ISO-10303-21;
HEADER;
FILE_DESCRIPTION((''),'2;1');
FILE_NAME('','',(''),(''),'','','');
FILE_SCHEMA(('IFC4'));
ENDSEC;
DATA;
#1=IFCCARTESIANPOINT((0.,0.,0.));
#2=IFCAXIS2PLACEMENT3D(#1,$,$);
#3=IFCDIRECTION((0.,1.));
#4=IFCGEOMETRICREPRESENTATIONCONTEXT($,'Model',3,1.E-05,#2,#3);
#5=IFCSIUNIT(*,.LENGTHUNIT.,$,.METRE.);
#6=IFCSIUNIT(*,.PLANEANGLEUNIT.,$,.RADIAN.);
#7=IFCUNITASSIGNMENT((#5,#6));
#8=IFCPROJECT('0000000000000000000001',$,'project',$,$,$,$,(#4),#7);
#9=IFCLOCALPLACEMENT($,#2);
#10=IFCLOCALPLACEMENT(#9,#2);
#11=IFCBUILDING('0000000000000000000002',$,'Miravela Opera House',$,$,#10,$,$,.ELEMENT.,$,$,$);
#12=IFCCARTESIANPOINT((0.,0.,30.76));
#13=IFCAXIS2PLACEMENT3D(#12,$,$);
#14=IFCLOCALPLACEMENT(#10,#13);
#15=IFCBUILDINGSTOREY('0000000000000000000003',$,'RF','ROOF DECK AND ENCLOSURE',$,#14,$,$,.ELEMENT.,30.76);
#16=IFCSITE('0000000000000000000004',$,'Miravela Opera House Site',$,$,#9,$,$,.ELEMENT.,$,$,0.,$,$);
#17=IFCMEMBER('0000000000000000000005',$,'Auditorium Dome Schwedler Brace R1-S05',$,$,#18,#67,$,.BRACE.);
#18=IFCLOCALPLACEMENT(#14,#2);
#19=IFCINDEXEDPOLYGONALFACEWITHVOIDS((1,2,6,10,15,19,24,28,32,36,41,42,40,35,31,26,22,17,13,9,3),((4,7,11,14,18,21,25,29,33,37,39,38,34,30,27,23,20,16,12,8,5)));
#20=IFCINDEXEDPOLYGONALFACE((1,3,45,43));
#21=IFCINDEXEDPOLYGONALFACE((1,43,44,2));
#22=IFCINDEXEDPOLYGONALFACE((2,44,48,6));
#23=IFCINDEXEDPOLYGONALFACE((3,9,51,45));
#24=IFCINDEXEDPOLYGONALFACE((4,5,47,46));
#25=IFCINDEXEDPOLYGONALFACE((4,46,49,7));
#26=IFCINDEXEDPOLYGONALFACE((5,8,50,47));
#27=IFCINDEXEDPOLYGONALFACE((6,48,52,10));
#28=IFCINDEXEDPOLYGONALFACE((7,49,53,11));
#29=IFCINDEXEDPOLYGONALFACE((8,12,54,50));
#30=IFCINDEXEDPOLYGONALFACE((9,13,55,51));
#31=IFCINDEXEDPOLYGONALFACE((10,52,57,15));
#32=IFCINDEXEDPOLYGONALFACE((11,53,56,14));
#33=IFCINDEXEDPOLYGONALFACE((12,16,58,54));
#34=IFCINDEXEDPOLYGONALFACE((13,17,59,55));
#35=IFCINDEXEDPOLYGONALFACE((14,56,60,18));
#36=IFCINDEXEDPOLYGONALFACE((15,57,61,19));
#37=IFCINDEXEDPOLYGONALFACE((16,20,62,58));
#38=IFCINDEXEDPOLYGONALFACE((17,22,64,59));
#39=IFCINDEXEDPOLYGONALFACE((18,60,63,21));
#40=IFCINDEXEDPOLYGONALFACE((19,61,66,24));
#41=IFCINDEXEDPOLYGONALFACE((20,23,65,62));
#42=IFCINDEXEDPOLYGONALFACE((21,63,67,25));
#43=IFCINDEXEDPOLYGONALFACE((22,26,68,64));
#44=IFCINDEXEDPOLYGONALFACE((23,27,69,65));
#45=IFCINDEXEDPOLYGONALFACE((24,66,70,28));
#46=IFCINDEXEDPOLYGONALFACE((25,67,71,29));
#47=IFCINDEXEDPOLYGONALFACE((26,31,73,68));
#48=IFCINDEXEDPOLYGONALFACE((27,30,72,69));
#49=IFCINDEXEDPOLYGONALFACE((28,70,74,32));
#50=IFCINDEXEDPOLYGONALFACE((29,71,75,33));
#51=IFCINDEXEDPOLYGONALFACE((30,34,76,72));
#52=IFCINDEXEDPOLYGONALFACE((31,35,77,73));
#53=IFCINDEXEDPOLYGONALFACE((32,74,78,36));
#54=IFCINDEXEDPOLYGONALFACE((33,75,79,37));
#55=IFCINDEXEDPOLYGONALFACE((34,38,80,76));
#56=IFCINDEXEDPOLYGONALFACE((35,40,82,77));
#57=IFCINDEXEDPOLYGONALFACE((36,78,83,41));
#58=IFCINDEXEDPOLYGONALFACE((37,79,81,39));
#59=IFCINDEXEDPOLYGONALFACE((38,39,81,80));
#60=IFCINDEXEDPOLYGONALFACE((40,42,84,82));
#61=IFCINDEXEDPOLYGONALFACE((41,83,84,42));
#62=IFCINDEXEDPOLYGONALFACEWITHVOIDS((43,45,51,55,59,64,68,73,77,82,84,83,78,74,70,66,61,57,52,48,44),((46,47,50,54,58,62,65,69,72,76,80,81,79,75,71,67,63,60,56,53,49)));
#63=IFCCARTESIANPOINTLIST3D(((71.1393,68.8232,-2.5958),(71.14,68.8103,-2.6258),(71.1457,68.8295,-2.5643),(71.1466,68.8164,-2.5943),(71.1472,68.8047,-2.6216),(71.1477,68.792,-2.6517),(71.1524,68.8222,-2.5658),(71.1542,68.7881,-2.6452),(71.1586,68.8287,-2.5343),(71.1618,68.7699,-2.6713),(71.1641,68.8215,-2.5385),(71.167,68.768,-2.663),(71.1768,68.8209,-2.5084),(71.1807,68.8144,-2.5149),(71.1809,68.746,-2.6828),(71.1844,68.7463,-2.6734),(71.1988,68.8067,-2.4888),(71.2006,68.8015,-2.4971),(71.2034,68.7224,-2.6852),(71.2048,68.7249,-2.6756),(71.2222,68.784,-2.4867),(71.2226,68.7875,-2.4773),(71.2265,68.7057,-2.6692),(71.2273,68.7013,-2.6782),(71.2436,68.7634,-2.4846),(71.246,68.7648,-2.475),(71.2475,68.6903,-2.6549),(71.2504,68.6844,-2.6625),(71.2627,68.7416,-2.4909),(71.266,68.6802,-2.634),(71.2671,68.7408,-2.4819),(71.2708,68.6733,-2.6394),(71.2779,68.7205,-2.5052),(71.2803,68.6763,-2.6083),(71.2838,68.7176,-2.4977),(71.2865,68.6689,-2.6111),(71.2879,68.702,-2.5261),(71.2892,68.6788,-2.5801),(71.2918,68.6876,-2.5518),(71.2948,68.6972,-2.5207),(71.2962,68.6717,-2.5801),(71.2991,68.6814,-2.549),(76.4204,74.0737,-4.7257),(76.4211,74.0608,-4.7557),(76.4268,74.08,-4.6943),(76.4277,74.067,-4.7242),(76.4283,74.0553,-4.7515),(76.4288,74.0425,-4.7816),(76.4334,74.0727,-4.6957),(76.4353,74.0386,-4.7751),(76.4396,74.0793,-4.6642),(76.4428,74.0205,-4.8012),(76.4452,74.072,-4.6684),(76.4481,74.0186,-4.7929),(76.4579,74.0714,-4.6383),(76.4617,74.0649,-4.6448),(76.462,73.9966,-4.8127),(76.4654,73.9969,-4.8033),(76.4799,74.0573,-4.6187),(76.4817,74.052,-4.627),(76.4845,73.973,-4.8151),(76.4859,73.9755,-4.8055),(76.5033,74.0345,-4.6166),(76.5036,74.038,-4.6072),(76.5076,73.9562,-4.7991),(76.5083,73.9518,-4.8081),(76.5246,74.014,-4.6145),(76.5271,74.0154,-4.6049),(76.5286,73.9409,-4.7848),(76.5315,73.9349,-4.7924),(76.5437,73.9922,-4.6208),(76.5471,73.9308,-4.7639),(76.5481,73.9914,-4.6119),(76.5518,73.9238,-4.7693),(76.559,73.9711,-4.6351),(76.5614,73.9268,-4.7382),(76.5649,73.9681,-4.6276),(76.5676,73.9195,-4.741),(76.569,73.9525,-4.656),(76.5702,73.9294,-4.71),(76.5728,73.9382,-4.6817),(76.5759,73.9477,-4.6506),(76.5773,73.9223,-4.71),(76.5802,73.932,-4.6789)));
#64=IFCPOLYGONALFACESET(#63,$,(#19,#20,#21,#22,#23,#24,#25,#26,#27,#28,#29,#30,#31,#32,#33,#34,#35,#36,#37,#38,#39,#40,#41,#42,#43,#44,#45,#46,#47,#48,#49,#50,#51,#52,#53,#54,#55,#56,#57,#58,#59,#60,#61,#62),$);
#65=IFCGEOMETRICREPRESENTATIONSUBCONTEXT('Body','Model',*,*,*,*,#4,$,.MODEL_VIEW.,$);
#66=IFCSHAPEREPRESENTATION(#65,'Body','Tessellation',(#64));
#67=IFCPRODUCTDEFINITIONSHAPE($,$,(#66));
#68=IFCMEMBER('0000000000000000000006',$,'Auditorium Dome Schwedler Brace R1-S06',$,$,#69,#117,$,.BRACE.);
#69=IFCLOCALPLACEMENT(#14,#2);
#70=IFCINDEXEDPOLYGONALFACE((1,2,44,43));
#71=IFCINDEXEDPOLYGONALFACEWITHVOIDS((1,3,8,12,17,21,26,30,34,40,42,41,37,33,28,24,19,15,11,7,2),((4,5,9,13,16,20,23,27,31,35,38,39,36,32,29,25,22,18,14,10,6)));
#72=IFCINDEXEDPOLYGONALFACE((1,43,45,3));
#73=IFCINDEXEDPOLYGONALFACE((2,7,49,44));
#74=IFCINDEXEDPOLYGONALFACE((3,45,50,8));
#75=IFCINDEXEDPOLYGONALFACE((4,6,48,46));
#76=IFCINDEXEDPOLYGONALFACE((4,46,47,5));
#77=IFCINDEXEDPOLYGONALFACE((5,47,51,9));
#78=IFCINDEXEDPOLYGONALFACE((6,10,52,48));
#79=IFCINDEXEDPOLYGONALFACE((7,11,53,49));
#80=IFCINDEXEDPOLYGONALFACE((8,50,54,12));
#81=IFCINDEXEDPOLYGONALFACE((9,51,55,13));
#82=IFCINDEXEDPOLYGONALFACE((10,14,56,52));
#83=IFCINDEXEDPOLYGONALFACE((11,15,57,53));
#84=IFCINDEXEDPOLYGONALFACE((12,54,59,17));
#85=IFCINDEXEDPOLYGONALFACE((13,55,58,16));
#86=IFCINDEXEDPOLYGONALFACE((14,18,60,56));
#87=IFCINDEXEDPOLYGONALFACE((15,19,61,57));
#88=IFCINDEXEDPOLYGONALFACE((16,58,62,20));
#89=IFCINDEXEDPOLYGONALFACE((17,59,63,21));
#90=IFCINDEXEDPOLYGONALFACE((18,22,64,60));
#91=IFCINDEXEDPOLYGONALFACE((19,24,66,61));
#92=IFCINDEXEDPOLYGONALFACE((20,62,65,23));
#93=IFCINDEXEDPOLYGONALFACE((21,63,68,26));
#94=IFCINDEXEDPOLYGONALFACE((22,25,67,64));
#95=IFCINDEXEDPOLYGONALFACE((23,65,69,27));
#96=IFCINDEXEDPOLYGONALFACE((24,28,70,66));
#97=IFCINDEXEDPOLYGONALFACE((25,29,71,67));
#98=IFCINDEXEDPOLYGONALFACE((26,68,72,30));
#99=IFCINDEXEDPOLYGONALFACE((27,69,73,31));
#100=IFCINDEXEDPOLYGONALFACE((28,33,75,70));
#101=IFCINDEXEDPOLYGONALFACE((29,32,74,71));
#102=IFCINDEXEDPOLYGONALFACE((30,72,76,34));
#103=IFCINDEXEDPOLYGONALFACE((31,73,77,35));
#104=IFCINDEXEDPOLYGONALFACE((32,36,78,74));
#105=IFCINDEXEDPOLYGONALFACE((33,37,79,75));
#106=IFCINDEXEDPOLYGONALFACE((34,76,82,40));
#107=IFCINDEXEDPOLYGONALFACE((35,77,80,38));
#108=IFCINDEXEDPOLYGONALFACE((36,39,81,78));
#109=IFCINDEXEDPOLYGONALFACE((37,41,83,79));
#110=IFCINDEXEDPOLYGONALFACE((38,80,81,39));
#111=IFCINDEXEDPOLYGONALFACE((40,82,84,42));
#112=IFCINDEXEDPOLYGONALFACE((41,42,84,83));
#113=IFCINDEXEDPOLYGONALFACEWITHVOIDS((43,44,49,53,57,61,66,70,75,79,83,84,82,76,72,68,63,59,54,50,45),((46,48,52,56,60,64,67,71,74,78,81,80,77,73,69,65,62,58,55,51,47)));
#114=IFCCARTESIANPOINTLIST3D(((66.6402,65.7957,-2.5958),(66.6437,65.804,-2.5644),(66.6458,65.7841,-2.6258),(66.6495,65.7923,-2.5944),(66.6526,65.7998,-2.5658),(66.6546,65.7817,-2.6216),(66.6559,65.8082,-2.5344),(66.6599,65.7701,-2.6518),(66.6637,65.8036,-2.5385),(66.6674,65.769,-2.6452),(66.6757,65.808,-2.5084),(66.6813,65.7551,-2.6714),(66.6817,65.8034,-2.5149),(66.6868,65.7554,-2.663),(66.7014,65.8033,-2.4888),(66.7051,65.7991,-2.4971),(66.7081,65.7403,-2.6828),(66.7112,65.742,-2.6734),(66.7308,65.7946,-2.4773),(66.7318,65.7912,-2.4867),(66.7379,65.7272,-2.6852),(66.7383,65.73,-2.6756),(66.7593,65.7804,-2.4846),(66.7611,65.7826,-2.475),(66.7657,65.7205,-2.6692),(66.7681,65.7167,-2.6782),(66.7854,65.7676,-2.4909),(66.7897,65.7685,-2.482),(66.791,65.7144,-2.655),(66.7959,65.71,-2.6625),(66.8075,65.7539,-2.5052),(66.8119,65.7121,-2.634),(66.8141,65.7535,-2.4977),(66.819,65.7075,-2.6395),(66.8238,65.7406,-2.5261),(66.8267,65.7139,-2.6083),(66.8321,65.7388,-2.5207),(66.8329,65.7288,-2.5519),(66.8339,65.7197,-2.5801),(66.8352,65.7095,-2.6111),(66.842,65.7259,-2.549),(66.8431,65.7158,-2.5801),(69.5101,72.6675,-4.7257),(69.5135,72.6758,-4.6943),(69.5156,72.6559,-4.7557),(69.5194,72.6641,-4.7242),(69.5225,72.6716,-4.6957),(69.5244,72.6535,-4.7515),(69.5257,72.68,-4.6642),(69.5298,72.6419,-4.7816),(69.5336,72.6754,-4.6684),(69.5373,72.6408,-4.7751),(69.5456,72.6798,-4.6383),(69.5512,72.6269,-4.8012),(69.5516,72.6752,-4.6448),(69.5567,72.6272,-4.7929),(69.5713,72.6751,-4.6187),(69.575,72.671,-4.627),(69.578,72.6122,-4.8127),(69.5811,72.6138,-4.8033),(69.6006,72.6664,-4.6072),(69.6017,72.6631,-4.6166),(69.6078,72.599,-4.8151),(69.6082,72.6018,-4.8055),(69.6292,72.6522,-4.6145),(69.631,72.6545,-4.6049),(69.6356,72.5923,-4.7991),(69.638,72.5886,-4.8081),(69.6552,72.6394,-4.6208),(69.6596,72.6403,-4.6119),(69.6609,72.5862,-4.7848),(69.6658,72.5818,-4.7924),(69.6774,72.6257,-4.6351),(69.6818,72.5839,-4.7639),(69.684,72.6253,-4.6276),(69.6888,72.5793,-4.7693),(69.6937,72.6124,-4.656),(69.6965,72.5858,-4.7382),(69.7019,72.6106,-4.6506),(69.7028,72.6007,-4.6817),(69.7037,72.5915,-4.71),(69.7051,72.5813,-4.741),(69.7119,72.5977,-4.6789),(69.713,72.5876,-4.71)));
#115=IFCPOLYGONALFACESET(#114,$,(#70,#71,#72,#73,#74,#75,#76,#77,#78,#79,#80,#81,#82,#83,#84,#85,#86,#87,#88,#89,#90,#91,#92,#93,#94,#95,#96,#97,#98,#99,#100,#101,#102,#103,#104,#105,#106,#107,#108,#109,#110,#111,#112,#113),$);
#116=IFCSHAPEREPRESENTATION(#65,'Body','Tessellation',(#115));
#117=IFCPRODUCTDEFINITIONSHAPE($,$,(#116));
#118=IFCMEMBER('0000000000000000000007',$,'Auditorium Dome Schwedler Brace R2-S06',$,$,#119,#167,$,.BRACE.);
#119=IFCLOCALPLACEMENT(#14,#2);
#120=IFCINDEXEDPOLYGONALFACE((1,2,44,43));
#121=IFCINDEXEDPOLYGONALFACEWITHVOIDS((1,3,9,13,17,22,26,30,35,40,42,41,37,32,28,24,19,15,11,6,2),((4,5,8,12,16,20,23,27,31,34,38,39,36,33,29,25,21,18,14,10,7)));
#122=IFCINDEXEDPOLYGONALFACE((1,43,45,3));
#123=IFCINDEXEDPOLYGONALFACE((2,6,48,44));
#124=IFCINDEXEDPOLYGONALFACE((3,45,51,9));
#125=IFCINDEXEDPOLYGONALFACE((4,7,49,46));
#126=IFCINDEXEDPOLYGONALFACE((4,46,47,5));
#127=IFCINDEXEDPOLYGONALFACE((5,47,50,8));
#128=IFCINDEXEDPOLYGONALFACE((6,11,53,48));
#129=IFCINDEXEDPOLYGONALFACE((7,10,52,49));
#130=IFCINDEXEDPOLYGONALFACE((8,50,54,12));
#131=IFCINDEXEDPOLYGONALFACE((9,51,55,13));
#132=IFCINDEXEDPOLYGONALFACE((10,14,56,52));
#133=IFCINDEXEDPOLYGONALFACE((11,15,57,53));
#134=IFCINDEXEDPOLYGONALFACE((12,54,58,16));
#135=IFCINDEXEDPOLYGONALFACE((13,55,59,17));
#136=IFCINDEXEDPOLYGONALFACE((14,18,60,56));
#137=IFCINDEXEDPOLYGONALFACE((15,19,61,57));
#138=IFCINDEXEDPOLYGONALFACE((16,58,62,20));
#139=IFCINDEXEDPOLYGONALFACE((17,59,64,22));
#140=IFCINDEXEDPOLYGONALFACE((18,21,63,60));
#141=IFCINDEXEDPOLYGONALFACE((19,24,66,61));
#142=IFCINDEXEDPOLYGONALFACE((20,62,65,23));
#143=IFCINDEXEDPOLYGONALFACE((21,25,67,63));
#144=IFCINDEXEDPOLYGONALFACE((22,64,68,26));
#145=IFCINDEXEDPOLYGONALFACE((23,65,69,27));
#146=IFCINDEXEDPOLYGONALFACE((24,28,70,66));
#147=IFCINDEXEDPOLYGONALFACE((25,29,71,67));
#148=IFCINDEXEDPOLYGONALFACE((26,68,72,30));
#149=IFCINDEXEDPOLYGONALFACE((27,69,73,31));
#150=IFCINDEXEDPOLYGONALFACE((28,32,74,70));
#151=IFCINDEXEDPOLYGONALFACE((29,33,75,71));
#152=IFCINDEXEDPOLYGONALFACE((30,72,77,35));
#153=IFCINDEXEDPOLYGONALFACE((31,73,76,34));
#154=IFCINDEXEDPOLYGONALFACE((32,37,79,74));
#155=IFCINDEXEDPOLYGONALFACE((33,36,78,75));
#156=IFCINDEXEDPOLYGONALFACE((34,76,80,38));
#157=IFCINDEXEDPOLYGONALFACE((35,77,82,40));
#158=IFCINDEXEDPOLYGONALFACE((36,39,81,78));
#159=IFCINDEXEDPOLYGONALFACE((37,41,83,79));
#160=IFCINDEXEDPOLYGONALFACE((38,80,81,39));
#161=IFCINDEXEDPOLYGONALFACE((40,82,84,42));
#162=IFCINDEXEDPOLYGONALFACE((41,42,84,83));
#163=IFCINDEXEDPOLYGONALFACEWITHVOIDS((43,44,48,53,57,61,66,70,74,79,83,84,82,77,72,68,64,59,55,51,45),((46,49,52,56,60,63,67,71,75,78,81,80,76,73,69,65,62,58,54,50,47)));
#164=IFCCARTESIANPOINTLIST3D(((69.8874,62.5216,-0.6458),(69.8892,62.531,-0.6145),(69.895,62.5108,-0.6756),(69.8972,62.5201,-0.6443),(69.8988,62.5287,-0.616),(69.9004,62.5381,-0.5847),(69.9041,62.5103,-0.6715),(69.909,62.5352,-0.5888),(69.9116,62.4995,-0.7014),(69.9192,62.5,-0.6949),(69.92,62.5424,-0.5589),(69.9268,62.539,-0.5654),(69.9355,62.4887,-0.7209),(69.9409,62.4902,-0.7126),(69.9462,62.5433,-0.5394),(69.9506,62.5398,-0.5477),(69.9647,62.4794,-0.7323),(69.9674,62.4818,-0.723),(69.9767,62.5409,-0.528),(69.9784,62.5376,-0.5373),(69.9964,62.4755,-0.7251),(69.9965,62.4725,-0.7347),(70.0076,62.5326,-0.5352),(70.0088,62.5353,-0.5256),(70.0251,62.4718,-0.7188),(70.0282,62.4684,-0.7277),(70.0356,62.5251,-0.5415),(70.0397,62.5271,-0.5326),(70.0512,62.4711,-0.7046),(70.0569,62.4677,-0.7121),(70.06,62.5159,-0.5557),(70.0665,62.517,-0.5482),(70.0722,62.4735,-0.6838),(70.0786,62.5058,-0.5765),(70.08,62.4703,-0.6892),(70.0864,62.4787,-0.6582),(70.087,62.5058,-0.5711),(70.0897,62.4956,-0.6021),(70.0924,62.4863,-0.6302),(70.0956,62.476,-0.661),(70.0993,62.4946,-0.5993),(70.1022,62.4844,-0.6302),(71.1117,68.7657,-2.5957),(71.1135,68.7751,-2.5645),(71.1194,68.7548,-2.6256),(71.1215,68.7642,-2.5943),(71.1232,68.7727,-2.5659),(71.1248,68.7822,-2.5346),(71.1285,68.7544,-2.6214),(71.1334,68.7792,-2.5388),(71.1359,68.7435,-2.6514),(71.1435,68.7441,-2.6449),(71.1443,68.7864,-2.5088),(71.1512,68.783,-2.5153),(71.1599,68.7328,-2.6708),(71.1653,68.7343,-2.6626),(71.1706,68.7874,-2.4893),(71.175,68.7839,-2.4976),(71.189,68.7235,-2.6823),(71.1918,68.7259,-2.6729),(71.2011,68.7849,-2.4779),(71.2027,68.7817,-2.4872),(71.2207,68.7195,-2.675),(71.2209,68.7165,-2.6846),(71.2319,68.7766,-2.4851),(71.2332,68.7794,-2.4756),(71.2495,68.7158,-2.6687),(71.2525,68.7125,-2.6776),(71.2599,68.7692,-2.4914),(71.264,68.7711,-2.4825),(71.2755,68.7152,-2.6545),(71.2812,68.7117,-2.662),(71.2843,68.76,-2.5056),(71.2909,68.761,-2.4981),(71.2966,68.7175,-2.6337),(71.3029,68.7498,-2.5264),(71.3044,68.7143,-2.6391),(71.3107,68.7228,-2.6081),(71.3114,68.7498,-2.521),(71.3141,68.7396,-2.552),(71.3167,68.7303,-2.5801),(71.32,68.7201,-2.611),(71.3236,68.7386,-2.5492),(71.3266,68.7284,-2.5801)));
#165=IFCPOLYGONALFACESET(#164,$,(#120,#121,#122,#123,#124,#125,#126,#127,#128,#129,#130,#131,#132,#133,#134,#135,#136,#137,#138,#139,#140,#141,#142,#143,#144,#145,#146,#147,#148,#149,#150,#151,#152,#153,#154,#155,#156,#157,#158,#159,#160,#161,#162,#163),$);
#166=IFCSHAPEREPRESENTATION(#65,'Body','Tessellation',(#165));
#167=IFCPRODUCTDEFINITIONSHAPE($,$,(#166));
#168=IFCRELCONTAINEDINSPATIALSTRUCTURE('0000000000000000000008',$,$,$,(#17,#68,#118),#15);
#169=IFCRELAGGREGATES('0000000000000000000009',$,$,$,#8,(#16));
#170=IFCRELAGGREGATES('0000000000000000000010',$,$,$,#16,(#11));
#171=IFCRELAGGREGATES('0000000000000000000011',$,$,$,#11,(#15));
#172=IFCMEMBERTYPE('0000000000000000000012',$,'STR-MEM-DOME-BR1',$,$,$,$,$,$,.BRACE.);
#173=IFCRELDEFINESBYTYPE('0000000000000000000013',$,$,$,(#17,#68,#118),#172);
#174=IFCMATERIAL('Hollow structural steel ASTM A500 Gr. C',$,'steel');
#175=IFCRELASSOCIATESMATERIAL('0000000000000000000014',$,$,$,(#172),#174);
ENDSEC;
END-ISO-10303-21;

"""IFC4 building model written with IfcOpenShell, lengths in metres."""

from ifc_helpers import new_model, si_unit, direction, frame, origin, origin_2d, place, context, subcontext, project, spatial, hollow_circle, extrude, material, material_profile, profile_set, type_object, element, save


model = new_model("IFC4")

# Units and contexts
model_context = context("Model", 3, precision=1e-05, world=origin(), true_north=direction((0.0, 1.0)))
body_context = subcontext(model_context, "Body", "Model", "MODEL_VIEW")
ifc_project = project(units=[si_unit("LENGTHUNIT", "METRE"), si_unit("PLANEANGLEUNIT", "RADIAN")], contexts=[model_context])

# Site, building, storey
site_placement = place(None, origin())
site = spatial("IfcSite", under=ifc_project, at=site_placement, Name="Miravela Opera House Site", CompositionType="ELEMENT", RefElevation=0.0)
building_placement = place(site_placement, origin())
building = spatial("IfcBuilding", under=site, at=building_placement, Name="Miravela Opera House", CompositionType="ELEMENT")
storey_placement = place(building_placement, frame((0.0, 0.0, 30.76)))
storey = spatial("IfcBuildingStorey", under=building, at=storey_placement, Name="RF", Description="ROOF DECK AND ENCLOSURE", CompositionType="ELEMENT", Elevation=30.76)

# Members
ifc_material_1 = material(Name="Hollow structural steel ASTM A500 Gr. C", Category="steel")
ifc_material_profile_1 = material_profile(ifc_material_1, hollow_circle(Radius=0.1096, WallThickness=0.01, at=origin_2d()), Name="CHS219X10")
ifc_profile_set_1 = profile_set([ifc_material_profile_1])
member_type_1 = type_object("IfcMemberType", Name="STR-MEM-DOME-BR1", PredefinedType="BRACE", material=ifc_profile_set_1)
for number, where, z_axis, x_axis, name in (
    (1, (76.5, 74.0, -4.71), (-0.681814, -0.677874, 0.274983), (0.705055, -0.709153, 0.0), "Auditorium Dome Schwedler Brace R1-S05"),
    (2, (69.6118, 72.6299, -4.71), (-0.370516, -0.887189, 0.274979), (0.922761, -0.385372, 0.0), "Auditorium Dome Schwedler Brace R1-S06"),
):
    element("IfcMember", number, at=place(storey_placement, frame(where, z_axis=z_axis, x_axis=x_axis)), inside=storey, type_object=member_type_1, Name=name, PredefinedType="BRACE", context=body_context, shape_type="SweptSolid", body=[
        extrude(hollow_circle(Radius=0.1096, WallThickness=0.01, at=origin_2d()), origin(), (0.0, 0.0, 1.0), 7.7456),
    ])
member_1_placement = place(storey_placement, frame((71.219, 68.7495, -2.5801), z_axis=(-0.183973, -0.938246, 0.293), x_axis=(0.981313, -0.192418, 0.0)))
element("IfcMember", 3, at=member_1_placement, inside=storey, type_object=member_type_1, Name="Auditorium Dome Schwedler Brace R2-S06", PredefinedType="BRACE", context=body_context, shape_type="SweptSolid", body=[
    extrude(hollow_circle(Radius=0.1096, WallThickness=0.01, at=origin_2d()), origin(), (0.0, 0.0, 1.0), 6.655),
])

save(model, "model.ifc")
